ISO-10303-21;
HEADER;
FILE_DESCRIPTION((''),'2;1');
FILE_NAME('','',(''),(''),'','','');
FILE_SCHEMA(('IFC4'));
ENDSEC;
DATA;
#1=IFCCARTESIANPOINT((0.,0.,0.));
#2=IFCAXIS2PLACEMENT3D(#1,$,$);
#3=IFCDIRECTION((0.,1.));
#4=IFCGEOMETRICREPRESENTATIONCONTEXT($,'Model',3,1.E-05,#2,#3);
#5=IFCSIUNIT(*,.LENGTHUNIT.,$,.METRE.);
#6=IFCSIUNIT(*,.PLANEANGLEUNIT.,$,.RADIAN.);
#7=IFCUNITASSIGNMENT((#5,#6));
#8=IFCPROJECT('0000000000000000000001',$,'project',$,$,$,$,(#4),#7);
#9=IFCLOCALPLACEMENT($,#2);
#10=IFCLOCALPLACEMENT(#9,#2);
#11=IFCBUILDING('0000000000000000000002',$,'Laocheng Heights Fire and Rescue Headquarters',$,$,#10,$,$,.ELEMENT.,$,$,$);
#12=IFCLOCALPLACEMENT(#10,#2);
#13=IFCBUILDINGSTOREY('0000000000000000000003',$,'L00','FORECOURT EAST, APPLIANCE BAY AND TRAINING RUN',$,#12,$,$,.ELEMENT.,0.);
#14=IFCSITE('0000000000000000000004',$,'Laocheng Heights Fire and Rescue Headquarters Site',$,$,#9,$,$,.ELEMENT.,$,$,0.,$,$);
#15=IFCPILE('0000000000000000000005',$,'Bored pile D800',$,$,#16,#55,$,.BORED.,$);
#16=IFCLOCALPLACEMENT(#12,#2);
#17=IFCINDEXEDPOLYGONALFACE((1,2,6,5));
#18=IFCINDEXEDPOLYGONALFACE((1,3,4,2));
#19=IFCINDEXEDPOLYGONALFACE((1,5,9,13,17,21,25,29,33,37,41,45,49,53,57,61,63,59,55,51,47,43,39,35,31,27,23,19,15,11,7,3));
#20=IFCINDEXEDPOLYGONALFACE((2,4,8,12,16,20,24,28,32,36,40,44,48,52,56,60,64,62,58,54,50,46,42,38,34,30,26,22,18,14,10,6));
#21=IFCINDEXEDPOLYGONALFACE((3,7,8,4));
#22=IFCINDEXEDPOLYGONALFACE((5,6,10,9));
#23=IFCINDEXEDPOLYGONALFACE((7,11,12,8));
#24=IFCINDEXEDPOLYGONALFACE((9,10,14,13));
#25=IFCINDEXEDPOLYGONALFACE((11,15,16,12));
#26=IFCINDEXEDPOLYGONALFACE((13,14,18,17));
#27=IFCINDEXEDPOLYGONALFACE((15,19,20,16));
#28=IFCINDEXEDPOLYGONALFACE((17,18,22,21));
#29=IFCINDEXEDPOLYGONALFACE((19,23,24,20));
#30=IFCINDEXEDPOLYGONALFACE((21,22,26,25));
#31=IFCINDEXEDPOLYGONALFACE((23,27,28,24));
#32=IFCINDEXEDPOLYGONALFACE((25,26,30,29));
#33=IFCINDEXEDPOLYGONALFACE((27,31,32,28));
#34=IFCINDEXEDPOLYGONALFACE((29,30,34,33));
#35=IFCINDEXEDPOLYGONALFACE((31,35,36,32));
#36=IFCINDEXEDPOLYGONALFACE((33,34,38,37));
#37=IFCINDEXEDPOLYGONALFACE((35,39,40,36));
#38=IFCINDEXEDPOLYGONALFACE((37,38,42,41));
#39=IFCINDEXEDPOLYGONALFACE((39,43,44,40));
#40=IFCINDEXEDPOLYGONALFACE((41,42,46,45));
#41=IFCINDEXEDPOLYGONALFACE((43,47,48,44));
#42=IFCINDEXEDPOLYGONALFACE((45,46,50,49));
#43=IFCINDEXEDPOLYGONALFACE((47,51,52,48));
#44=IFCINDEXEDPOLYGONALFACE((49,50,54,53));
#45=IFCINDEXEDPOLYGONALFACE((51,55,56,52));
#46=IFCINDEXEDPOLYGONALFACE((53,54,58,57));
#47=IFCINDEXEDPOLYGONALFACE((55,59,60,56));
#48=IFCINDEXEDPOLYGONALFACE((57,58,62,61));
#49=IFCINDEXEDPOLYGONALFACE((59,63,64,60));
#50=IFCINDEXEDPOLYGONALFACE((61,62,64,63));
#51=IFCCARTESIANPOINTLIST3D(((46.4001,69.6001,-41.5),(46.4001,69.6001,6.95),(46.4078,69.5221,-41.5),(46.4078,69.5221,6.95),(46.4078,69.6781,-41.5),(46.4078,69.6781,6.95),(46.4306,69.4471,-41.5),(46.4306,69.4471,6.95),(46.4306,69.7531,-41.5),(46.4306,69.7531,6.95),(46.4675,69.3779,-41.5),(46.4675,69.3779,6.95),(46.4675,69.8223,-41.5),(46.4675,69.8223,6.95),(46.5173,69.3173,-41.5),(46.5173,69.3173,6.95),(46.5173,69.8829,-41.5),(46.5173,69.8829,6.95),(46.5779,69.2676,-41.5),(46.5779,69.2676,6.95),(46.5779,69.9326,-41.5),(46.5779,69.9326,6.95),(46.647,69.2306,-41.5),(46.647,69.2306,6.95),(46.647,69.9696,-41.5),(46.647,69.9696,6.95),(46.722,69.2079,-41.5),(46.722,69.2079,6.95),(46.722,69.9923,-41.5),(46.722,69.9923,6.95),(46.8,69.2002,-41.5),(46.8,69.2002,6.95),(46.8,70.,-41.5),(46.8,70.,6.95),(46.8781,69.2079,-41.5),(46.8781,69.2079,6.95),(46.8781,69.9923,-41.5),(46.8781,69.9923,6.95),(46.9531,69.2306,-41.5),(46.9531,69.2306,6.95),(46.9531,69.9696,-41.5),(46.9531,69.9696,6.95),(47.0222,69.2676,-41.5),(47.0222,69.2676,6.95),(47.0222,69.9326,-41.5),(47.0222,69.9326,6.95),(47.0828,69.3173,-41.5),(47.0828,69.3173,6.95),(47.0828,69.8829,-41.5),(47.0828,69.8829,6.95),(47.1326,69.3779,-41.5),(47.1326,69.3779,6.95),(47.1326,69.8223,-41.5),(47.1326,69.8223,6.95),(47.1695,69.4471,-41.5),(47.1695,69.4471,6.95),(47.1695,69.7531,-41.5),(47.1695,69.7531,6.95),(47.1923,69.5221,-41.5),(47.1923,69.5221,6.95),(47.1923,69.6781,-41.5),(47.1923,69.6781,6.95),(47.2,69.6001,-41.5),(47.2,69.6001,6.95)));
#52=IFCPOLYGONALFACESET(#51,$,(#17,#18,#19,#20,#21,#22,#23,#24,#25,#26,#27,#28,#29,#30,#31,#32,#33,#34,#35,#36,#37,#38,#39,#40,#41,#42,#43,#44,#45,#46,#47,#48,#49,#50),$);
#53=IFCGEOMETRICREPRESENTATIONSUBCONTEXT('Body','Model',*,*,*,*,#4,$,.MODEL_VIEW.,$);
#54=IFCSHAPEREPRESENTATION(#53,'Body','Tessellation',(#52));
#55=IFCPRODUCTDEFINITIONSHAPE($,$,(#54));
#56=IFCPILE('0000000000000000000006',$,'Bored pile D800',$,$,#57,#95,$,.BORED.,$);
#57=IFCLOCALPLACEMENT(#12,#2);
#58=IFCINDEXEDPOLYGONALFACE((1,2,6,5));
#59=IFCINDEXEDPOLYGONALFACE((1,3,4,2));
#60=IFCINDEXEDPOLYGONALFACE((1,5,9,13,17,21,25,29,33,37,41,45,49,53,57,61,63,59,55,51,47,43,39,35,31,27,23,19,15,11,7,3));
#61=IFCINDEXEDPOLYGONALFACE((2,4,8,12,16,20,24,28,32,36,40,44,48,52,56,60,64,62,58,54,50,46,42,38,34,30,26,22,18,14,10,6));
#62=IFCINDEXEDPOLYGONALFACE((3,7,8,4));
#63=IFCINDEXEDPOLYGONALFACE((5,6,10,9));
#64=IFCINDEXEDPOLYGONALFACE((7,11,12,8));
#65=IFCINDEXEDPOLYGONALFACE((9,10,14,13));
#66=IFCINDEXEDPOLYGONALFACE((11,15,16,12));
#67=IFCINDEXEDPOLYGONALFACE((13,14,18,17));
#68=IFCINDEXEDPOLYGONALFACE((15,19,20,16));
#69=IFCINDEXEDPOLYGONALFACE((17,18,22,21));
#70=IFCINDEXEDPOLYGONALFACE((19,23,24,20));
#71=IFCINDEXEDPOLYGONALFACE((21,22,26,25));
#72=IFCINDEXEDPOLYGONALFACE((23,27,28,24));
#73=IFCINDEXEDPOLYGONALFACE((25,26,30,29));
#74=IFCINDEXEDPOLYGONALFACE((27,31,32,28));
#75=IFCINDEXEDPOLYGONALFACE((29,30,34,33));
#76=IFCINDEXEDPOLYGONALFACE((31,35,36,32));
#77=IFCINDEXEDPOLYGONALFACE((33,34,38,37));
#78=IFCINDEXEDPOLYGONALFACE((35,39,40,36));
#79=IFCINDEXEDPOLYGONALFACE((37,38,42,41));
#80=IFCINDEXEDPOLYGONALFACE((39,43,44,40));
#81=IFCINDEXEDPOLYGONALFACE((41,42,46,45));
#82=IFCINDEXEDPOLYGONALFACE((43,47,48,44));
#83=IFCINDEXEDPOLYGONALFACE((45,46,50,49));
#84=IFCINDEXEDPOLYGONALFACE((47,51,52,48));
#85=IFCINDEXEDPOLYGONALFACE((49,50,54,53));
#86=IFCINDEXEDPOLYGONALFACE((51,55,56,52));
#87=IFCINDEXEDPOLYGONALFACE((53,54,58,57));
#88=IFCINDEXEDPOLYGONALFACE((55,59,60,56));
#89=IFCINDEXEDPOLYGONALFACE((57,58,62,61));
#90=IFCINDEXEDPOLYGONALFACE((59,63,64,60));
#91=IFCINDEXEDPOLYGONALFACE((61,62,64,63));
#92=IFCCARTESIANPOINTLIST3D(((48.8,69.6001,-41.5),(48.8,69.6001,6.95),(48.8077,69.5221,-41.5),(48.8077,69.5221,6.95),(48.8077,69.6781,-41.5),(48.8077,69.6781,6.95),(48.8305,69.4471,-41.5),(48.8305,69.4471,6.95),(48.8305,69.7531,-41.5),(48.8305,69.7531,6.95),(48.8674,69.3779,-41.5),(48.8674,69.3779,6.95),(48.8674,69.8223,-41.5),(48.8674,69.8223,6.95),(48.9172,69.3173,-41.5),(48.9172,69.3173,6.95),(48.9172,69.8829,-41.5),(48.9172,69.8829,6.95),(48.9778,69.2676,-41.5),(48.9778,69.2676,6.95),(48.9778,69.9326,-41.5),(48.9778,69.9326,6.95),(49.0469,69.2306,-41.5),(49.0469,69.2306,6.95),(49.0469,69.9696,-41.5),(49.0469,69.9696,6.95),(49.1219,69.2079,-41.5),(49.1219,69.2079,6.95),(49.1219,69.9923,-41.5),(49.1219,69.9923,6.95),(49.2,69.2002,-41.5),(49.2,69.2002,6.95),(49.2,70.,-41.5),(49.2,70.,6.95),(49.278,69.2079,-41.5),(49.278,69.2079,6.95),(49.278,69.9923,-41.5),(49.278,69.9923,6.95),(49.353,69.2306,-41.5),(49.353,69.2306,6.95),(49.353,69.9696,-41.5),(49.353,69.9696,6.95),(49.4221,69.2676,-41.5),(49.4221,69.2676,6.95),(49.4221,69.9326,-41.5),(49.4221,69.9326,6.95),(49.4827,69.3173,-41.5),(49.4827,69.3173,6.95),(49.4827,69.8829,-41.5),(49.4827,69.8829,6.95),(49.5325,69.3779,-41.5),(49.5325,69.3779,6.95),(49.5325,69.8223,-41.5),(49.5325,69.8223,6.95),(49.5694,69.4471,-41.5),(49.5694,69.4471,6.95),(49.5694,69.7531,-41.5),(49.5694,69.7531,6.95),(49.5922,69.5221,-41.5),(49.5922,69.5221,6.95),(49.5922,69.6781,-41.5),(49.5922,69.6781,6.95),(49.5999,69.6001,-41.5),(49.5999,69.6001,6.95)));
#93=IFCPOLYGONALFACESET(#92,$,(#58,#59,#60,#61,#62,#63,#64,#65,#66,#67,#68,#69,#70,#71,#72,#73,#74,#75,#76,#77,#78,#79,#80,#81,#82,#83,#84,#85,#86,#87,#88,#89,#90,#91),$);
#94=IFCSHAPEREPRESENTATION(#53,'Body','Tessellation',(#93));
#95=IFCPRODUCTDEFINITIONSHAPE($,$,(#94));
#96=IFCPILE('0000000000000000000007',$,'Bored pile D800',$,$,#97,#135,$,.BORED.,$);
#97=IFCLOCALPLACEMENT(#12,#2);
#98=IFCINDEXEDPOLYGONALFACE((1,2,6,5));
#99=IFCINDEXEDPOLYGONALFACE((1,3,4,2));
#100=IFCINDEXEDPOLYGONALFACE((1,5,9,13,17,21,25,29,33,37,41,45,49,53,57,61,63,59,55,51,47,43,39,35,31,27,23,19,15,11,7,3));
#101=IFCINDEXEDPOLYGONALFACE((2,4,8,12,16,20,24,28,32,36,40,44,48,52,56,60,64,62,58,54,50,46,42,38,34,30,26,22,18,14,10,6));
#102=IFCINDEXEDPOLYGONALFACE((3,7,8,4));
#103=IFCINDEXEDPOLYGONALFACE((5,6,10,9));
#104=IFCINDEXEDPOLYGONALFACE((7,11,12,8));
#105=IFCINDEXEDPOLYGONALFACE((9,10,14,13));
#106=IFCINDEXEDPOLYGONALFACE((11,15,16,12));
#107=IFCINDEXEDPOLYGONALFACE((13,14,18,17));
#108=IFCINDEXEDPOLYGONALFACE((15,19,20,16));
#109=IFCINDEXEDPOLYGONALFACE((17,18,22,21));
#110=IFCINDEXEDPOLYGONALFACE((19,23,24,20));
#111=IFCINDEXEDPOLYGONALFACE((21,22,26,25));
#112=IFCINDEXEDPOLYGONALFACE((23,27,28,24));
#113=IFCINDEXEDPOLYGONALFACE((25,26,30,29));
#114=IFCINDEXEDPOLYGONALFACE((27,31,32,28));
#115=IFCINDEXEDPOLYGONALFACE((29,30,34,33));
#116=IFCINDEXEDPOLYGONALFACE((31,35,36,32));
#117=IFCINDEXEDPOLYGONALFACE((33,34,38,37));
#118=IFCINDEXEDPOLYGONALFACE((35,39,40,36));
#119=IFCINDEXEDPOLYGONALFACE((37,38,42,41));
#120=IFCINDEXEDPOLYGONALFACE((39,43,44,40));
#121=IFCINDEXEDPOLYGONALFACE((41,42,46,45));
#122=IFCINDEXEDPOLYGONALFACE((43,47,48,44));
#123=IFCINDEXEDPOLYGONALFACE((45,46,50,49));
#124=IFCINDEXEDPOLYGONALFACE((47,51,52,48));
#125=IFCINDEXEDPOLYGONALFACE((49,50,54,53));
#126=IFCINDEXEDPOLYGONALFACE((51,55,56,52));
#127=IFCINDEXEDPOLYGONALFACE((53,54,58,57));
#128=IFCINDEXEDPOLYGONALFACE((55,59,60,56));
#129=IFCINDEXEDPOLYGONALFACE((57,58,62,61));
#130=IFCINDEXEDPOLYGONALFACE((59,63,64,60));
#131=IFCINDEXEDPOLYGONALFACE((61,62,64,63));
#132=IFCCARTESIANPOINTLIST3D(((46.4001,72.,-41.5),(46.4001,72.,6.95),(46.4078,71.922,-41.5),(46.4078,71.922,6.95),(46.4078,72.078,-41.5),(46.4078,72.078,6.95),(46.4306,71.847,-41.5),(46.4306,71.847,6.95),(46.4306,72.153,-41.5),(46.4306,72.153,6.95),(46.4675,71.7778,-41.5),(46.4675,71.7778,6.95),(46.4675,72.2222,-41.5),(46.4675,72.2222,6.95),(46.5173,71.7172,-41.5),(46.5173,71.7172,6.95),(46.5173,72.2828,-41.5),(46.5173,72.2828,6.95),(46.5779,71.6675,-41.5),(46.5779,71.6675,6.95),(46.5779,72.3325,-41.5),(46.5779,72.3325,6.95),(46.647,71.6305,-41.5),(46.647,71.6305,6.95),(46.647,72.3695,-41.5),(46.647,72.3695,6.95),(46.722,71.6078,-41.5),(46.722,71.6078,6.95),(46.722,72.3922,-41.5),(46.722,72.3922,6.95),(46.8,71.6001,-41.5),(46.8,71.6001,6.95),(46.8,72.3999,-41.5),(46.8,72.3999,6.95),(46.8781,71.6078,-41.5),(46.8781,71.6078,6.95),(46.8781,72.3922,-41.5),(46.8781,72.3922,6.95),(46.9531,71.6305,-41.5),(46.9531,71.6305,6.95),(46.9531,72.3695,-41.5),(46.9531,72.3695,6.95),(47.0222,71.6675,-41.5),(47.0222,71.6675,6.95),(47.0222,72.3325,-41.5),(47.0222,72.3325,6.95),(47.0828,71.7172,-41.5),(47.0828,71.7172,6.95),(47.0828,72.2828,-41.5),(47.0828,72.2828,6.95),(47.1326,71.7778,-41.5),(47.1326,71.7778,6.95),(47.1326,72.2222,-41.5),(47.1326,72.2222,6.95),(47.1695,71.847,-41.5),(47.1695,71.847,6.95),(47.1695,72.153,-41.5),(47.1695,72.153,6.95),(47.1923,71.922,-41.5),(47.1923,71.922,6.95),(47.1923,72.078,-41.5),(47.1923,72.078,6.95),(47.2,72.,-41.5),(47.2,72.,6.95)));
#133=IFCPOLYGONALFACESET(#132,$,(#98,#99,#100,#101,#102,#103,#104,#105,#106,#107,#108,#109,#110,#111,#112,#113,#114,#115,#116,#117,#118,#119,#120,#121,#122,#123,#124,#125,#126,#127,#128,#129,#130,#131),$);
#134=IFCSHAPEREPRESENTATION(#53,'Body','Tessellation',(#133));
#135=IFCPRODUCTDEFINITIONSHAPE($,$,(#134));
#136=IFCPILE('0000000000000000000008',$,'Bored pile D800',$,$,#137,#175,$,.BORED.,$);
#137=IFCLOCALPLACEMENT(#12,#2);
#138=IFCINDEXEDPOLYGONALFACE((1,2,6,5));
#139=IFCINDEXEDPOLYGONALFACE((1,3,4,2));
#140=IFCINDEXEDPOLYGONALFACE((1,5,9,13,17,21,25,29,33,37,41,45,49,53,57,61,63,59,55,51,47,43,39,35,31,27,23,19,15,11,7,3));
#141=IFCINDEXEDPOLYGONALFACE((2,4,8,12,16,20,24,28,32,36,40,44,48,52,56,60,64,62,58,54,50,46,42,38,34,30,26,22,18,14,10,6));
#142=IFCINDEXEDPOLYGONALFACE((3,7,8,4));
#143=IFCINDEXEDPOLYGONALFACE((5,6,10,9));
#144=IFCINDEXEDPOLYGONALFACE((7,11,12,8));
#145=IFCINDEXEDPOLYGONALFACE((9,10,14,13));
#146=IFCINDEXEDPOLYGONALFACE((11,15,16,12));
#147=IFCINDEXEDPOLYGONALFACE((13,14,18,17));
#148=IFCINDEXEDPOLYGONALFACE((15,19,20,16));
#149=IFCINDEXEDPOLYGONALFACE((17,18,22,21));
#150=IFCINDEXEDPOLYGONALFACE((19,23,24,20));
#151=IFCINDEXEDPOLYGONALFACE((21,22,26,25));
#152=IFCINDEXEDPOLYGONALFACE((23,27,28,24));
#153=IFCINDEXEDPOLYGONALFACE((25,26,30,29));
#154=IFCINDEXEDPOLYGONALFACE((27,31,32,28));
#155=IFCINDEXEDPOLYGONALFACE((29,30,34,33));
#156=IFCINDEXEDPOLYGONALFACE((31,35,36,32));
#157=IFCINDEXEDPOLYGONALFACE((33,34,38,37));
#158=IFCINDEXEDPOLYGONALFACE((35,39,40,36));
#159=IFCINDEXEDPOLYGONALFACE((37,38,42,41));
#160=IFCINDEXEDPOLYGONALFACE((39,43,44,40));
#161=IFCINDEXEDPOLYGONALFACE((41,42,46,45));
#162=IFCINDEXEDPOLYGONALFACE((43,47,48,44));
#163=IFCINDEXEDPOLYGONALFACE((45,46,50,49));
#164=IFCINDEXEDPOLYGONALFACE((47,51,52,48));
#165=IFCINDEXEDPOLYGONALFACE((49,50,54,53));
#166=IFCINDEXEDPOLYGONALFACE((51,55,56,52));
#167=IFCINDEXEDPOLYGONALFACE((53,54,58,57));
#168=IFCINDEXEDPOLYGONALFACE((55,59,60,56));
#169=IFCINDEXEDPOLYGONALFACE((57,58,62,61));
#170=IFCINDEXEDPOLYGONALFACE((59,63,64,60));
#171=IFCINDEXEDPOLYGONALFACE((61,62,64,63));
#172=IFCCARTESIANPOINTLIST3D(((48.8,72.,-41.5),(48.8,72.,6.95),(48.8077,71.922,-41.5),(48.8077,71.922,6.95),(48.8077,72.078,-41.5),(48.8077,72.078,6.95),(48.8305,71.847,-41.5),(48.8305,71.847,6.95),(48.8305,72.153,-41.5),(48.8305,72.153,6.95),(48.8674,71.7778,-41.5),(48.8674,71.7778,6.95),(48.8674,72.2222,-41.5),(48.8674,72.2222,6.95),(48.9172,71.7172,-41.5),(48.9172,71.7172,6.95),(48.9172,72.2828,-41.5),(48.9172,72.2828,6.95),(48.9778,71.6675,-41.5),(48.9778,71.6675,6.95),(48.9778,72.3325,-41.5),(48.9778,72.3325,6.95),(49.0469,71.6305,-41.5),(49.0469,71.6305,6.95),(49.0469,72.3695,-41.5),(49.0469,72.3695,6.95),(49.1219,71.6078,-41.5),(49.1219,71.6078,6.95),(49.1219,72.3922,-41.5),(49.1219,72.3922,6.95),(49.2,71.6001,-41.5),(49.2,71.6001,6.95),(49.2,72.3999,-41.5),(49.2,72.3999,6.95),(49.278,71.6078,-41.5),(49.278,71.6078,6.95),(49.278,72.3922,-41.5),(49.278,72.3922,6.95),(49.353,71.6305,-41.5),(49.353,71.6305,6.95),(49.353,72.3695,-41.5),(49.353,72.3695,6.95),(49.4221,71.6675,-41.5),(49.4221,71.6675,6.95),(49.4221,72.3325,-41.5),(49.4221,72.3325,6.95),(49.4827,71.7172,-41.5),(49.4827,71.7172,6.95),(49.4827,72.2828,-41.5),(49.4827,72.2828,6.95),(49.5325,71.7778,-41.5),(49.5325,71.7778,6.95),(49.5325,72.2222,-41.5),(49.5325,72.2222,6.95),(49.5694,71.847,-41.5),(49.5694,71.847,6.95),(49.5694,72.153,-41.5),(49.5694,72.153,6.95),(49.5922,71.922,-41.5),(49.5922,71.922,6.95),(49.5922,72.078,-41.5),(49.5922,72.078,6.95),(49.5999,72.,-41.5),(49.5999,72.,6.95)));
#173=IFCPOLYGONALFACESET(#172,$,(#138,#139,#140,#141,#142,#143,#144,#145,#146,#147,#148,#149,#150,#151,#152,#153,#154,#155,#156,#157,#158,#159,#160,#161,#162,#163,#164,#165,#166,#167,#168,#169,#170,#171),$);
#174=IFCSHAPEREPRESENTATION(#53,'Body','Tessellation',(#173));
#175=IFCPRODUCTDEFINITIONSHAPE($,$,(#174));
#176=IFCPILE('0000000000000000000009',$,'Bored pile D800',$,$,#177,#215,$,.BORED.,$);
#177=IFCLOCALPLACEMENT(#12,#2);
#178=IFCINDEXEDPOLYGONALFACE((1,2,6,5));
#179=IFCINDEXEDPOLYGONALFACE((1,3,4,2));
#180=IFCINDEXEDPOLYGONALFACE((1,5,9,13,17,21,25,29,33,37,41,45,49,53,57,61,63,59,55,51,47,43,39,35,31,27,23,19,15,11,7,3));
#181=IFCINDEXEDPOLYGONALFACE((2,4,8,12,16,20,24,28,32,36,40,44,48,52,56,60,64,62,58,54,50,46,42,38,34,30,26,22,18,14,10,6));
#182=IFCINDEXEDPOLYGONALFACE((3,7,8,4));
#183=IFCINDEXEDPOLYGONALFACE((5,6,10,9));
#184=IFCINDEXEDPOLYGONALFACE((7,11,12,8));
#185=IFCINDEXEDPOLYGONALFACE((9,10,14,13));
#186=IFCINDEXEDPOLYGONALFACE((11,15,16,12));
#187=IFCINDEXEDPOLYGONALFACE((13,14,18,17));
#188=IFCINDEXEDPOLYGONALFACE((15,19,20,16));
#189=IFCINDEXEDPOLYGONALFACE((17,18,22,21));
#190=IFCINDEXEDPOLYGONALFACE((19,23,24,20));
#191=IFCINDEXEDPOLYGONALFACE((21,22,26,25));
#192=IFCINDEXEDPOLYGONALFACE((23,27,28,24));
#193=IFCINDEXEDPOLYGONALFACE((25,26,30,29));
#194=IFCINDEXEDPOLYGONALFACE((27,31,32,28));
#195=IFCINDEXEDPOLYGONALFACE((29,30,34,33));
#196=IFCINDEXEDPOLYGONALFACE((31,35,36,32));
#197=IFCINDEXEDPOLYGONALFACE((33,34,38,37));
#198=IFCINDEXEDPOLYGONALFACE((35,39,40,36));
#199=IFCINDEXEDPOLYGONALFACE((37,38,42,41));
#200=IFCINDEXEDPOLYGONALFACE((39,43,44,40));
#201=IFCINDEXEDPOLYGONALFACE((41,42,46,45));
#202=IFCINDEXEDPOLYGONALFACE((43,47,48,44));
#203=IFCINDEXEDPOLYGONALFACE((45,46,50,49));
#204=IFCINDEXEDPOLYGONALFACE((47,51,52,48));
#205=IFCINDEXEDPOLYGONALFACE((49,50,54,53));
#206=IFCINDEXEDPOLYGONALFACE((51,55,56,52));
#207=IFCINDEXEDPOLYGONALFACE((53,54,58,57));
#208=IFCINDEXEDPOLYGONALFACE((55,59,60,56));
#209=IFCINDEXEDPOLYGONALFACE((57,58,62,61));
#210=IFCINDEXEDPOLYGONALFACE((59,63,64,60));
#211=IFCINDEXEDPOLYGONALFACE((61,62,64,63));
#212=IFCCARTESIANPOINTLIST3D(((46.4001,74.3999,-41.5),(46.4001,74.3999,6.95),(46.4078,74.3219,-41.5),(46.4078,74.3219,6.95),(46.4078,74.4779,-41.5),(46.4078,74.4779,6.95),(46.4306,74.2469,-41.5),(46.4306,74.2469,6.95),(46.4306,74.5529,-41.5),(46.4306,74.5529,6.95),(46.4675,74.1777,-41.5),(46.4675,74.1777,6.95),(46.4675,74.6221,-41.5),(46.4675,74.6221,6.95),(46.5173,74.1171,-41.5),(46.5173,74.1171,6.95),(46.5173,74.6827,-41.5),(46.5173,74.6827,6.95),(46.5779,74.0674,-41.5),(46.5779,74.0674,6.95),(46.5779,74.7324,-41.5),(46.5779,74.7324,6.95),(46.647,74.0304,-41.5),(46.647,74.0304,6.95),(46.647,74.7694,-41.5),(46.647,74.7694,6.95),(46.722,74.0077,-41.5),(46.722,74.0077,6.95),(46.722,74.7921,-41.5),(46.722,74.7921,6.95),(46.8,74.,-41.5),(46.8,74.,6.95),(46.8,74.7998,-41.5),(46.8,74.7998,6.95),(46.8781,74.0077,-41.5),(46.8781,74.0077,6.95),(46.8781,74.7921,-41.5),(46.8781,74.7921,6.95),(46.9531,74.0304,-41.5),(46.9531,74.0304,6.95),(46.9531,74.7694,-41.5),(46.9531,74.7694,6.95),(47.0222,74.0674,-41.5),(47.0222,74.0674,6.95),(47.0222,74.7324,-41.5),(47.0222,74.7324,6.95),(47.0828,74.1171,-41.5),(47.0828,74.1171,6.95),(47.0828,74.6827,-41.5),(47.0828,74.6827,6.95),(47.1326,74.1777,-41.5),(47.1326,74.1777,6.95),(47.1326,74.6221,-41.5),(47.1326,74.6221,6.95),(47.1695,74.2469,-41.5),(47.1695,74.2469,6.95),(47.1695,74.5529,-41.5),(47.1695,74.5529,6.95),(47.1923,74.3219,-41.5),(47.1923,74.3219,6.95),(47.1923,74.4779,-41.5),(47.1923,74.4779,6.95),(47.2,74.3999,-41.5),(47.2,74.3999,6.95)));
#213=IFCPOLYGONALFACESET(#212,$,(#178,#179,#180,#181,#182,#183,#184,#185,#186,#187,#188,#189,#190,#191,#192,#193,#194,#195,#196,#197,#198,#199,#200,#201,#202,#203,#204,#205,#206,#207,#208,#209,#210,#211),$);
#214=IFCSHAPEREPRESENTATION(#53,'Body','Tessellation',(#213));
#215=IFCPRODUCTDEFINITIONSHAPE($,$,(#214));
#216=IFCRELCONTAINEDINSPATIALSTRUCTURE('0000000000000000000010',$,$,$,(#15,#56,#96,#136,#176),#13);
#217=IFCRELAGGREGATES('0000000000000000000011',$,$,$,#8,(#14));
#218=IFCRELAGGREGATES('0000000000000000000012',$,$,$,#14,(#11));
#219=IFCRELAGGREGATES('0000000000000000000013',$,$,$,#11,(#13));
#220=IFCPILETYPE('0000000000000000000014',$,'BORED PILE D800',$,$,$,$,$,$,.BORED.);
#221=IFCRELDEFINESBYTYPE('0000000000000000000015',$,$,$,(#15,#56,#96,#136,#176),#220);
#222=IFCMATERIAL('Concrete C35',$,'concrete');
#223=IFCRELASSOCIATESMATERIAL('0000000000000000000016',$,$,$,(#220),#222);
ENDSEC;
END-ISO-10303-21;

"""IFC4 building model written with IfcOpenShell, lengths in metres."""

from ifc_helpers import new_model, si_unit, direction, frame, origin, origin_2d, place, context, subcontext, project, spatial, circle, extrude, material, material_profile, profile_set, type_object, element, save


model = new_model("IFC4")

# Units and contexts
model_context = context("Model", 3, precision=1e-05, world=origin(), true_north=direction((0.0, 1.0)))
body_context = subcontext(model_context, "Body", "Model", "MODEL_VIEW")
ifc_project = project(units=[si_unit("LENGTHUNIT", "METRE"), si_unit("PLANEANGLEUNIT", "RADIAN")], contexts=[model_context])

# Site, building, storey
site_placement = place(None, origin())
site = spatial("IfcSite", under=ifc_project, at=site_placement, Name="Laocheng Heights Fire and Rescue Headquarters Site", CompositionType="ELEMENT", RefElevation=0.0)
building_placement = place(site_placement, origin())
building = spatial("IfcBuilding", under=site, at=building_placement, Name="Laocheng Heights Fire and Rescue Headquarters", CompositionType="ELEMENT")
storey_placement = place(building_placement, origin())
storey = spatial("IfcBuildingStorey", under=building, at=storey_placement, Name="L00", Description="FORECOURT EAST, APPLIANCE BAY AND TRAINING RUN", CompositionType="ELEMENT", Elevation=0.0)

# Piles
ifc_material_1 = material(Name="Concrete C35", Category="concrete")
ifc_material_profile_1 = material_profile(ifc_material_1, circle(Radius=0.3999, at=origin_2d()), Name="BORED PILE D800")
ifc_profile_set_1 = profile_set([ifc_material_profile_1], Name="Concrete C35")
pile_type_1 = type_object("IfcPileType", Name="BORED PILE D800", PredefinedType="BORED", material=ifc_profile_set_1)
for number, where, z_axis, x_axis, name in (
    (1, (46.8, 69.6001, 6.95), (0.0, 0.0, -1.0), (1.0, 0.0, 0.0), "Bored pile D800"),
    (2, (49.2, 69.6001, 6.95), (0.0, 0.0, -1.0), (1.0, 0.0, 0.0), "Bored pile D800"),
    (3, (46.8, 72.0, 6.95), (0.0, 0.0, -1.0), (1.0, 0.0, 0.0), "Bored pile D800"),
    (4, (49.2, 72.0, 6.95), (0.0, 0.0, -1.0), (1.0, 0.0, 0.0), "Bored pile D800"),
    (5, (46.8, 74.3999, 6.95), (0.0, 0.0, -1.0), (1.0, 0.0, 0.0), "Bored pile D800"),
):
    element("IfcPile", number, at=place(storey_placement, frame(where, z_axis=z_axis, x_axis=x_axis)), inside=storey, type_object=pile_type_1, Name=name, PredefinedType="BORED", context=body_context, shape_type="SweptSolid", body=[
        extrude(circle(Radius=0.3999, at=origin_2d()), origin(), (0.0, 0.0, 1.0), 48.45),
    ])

save(model, "model.ifc")
